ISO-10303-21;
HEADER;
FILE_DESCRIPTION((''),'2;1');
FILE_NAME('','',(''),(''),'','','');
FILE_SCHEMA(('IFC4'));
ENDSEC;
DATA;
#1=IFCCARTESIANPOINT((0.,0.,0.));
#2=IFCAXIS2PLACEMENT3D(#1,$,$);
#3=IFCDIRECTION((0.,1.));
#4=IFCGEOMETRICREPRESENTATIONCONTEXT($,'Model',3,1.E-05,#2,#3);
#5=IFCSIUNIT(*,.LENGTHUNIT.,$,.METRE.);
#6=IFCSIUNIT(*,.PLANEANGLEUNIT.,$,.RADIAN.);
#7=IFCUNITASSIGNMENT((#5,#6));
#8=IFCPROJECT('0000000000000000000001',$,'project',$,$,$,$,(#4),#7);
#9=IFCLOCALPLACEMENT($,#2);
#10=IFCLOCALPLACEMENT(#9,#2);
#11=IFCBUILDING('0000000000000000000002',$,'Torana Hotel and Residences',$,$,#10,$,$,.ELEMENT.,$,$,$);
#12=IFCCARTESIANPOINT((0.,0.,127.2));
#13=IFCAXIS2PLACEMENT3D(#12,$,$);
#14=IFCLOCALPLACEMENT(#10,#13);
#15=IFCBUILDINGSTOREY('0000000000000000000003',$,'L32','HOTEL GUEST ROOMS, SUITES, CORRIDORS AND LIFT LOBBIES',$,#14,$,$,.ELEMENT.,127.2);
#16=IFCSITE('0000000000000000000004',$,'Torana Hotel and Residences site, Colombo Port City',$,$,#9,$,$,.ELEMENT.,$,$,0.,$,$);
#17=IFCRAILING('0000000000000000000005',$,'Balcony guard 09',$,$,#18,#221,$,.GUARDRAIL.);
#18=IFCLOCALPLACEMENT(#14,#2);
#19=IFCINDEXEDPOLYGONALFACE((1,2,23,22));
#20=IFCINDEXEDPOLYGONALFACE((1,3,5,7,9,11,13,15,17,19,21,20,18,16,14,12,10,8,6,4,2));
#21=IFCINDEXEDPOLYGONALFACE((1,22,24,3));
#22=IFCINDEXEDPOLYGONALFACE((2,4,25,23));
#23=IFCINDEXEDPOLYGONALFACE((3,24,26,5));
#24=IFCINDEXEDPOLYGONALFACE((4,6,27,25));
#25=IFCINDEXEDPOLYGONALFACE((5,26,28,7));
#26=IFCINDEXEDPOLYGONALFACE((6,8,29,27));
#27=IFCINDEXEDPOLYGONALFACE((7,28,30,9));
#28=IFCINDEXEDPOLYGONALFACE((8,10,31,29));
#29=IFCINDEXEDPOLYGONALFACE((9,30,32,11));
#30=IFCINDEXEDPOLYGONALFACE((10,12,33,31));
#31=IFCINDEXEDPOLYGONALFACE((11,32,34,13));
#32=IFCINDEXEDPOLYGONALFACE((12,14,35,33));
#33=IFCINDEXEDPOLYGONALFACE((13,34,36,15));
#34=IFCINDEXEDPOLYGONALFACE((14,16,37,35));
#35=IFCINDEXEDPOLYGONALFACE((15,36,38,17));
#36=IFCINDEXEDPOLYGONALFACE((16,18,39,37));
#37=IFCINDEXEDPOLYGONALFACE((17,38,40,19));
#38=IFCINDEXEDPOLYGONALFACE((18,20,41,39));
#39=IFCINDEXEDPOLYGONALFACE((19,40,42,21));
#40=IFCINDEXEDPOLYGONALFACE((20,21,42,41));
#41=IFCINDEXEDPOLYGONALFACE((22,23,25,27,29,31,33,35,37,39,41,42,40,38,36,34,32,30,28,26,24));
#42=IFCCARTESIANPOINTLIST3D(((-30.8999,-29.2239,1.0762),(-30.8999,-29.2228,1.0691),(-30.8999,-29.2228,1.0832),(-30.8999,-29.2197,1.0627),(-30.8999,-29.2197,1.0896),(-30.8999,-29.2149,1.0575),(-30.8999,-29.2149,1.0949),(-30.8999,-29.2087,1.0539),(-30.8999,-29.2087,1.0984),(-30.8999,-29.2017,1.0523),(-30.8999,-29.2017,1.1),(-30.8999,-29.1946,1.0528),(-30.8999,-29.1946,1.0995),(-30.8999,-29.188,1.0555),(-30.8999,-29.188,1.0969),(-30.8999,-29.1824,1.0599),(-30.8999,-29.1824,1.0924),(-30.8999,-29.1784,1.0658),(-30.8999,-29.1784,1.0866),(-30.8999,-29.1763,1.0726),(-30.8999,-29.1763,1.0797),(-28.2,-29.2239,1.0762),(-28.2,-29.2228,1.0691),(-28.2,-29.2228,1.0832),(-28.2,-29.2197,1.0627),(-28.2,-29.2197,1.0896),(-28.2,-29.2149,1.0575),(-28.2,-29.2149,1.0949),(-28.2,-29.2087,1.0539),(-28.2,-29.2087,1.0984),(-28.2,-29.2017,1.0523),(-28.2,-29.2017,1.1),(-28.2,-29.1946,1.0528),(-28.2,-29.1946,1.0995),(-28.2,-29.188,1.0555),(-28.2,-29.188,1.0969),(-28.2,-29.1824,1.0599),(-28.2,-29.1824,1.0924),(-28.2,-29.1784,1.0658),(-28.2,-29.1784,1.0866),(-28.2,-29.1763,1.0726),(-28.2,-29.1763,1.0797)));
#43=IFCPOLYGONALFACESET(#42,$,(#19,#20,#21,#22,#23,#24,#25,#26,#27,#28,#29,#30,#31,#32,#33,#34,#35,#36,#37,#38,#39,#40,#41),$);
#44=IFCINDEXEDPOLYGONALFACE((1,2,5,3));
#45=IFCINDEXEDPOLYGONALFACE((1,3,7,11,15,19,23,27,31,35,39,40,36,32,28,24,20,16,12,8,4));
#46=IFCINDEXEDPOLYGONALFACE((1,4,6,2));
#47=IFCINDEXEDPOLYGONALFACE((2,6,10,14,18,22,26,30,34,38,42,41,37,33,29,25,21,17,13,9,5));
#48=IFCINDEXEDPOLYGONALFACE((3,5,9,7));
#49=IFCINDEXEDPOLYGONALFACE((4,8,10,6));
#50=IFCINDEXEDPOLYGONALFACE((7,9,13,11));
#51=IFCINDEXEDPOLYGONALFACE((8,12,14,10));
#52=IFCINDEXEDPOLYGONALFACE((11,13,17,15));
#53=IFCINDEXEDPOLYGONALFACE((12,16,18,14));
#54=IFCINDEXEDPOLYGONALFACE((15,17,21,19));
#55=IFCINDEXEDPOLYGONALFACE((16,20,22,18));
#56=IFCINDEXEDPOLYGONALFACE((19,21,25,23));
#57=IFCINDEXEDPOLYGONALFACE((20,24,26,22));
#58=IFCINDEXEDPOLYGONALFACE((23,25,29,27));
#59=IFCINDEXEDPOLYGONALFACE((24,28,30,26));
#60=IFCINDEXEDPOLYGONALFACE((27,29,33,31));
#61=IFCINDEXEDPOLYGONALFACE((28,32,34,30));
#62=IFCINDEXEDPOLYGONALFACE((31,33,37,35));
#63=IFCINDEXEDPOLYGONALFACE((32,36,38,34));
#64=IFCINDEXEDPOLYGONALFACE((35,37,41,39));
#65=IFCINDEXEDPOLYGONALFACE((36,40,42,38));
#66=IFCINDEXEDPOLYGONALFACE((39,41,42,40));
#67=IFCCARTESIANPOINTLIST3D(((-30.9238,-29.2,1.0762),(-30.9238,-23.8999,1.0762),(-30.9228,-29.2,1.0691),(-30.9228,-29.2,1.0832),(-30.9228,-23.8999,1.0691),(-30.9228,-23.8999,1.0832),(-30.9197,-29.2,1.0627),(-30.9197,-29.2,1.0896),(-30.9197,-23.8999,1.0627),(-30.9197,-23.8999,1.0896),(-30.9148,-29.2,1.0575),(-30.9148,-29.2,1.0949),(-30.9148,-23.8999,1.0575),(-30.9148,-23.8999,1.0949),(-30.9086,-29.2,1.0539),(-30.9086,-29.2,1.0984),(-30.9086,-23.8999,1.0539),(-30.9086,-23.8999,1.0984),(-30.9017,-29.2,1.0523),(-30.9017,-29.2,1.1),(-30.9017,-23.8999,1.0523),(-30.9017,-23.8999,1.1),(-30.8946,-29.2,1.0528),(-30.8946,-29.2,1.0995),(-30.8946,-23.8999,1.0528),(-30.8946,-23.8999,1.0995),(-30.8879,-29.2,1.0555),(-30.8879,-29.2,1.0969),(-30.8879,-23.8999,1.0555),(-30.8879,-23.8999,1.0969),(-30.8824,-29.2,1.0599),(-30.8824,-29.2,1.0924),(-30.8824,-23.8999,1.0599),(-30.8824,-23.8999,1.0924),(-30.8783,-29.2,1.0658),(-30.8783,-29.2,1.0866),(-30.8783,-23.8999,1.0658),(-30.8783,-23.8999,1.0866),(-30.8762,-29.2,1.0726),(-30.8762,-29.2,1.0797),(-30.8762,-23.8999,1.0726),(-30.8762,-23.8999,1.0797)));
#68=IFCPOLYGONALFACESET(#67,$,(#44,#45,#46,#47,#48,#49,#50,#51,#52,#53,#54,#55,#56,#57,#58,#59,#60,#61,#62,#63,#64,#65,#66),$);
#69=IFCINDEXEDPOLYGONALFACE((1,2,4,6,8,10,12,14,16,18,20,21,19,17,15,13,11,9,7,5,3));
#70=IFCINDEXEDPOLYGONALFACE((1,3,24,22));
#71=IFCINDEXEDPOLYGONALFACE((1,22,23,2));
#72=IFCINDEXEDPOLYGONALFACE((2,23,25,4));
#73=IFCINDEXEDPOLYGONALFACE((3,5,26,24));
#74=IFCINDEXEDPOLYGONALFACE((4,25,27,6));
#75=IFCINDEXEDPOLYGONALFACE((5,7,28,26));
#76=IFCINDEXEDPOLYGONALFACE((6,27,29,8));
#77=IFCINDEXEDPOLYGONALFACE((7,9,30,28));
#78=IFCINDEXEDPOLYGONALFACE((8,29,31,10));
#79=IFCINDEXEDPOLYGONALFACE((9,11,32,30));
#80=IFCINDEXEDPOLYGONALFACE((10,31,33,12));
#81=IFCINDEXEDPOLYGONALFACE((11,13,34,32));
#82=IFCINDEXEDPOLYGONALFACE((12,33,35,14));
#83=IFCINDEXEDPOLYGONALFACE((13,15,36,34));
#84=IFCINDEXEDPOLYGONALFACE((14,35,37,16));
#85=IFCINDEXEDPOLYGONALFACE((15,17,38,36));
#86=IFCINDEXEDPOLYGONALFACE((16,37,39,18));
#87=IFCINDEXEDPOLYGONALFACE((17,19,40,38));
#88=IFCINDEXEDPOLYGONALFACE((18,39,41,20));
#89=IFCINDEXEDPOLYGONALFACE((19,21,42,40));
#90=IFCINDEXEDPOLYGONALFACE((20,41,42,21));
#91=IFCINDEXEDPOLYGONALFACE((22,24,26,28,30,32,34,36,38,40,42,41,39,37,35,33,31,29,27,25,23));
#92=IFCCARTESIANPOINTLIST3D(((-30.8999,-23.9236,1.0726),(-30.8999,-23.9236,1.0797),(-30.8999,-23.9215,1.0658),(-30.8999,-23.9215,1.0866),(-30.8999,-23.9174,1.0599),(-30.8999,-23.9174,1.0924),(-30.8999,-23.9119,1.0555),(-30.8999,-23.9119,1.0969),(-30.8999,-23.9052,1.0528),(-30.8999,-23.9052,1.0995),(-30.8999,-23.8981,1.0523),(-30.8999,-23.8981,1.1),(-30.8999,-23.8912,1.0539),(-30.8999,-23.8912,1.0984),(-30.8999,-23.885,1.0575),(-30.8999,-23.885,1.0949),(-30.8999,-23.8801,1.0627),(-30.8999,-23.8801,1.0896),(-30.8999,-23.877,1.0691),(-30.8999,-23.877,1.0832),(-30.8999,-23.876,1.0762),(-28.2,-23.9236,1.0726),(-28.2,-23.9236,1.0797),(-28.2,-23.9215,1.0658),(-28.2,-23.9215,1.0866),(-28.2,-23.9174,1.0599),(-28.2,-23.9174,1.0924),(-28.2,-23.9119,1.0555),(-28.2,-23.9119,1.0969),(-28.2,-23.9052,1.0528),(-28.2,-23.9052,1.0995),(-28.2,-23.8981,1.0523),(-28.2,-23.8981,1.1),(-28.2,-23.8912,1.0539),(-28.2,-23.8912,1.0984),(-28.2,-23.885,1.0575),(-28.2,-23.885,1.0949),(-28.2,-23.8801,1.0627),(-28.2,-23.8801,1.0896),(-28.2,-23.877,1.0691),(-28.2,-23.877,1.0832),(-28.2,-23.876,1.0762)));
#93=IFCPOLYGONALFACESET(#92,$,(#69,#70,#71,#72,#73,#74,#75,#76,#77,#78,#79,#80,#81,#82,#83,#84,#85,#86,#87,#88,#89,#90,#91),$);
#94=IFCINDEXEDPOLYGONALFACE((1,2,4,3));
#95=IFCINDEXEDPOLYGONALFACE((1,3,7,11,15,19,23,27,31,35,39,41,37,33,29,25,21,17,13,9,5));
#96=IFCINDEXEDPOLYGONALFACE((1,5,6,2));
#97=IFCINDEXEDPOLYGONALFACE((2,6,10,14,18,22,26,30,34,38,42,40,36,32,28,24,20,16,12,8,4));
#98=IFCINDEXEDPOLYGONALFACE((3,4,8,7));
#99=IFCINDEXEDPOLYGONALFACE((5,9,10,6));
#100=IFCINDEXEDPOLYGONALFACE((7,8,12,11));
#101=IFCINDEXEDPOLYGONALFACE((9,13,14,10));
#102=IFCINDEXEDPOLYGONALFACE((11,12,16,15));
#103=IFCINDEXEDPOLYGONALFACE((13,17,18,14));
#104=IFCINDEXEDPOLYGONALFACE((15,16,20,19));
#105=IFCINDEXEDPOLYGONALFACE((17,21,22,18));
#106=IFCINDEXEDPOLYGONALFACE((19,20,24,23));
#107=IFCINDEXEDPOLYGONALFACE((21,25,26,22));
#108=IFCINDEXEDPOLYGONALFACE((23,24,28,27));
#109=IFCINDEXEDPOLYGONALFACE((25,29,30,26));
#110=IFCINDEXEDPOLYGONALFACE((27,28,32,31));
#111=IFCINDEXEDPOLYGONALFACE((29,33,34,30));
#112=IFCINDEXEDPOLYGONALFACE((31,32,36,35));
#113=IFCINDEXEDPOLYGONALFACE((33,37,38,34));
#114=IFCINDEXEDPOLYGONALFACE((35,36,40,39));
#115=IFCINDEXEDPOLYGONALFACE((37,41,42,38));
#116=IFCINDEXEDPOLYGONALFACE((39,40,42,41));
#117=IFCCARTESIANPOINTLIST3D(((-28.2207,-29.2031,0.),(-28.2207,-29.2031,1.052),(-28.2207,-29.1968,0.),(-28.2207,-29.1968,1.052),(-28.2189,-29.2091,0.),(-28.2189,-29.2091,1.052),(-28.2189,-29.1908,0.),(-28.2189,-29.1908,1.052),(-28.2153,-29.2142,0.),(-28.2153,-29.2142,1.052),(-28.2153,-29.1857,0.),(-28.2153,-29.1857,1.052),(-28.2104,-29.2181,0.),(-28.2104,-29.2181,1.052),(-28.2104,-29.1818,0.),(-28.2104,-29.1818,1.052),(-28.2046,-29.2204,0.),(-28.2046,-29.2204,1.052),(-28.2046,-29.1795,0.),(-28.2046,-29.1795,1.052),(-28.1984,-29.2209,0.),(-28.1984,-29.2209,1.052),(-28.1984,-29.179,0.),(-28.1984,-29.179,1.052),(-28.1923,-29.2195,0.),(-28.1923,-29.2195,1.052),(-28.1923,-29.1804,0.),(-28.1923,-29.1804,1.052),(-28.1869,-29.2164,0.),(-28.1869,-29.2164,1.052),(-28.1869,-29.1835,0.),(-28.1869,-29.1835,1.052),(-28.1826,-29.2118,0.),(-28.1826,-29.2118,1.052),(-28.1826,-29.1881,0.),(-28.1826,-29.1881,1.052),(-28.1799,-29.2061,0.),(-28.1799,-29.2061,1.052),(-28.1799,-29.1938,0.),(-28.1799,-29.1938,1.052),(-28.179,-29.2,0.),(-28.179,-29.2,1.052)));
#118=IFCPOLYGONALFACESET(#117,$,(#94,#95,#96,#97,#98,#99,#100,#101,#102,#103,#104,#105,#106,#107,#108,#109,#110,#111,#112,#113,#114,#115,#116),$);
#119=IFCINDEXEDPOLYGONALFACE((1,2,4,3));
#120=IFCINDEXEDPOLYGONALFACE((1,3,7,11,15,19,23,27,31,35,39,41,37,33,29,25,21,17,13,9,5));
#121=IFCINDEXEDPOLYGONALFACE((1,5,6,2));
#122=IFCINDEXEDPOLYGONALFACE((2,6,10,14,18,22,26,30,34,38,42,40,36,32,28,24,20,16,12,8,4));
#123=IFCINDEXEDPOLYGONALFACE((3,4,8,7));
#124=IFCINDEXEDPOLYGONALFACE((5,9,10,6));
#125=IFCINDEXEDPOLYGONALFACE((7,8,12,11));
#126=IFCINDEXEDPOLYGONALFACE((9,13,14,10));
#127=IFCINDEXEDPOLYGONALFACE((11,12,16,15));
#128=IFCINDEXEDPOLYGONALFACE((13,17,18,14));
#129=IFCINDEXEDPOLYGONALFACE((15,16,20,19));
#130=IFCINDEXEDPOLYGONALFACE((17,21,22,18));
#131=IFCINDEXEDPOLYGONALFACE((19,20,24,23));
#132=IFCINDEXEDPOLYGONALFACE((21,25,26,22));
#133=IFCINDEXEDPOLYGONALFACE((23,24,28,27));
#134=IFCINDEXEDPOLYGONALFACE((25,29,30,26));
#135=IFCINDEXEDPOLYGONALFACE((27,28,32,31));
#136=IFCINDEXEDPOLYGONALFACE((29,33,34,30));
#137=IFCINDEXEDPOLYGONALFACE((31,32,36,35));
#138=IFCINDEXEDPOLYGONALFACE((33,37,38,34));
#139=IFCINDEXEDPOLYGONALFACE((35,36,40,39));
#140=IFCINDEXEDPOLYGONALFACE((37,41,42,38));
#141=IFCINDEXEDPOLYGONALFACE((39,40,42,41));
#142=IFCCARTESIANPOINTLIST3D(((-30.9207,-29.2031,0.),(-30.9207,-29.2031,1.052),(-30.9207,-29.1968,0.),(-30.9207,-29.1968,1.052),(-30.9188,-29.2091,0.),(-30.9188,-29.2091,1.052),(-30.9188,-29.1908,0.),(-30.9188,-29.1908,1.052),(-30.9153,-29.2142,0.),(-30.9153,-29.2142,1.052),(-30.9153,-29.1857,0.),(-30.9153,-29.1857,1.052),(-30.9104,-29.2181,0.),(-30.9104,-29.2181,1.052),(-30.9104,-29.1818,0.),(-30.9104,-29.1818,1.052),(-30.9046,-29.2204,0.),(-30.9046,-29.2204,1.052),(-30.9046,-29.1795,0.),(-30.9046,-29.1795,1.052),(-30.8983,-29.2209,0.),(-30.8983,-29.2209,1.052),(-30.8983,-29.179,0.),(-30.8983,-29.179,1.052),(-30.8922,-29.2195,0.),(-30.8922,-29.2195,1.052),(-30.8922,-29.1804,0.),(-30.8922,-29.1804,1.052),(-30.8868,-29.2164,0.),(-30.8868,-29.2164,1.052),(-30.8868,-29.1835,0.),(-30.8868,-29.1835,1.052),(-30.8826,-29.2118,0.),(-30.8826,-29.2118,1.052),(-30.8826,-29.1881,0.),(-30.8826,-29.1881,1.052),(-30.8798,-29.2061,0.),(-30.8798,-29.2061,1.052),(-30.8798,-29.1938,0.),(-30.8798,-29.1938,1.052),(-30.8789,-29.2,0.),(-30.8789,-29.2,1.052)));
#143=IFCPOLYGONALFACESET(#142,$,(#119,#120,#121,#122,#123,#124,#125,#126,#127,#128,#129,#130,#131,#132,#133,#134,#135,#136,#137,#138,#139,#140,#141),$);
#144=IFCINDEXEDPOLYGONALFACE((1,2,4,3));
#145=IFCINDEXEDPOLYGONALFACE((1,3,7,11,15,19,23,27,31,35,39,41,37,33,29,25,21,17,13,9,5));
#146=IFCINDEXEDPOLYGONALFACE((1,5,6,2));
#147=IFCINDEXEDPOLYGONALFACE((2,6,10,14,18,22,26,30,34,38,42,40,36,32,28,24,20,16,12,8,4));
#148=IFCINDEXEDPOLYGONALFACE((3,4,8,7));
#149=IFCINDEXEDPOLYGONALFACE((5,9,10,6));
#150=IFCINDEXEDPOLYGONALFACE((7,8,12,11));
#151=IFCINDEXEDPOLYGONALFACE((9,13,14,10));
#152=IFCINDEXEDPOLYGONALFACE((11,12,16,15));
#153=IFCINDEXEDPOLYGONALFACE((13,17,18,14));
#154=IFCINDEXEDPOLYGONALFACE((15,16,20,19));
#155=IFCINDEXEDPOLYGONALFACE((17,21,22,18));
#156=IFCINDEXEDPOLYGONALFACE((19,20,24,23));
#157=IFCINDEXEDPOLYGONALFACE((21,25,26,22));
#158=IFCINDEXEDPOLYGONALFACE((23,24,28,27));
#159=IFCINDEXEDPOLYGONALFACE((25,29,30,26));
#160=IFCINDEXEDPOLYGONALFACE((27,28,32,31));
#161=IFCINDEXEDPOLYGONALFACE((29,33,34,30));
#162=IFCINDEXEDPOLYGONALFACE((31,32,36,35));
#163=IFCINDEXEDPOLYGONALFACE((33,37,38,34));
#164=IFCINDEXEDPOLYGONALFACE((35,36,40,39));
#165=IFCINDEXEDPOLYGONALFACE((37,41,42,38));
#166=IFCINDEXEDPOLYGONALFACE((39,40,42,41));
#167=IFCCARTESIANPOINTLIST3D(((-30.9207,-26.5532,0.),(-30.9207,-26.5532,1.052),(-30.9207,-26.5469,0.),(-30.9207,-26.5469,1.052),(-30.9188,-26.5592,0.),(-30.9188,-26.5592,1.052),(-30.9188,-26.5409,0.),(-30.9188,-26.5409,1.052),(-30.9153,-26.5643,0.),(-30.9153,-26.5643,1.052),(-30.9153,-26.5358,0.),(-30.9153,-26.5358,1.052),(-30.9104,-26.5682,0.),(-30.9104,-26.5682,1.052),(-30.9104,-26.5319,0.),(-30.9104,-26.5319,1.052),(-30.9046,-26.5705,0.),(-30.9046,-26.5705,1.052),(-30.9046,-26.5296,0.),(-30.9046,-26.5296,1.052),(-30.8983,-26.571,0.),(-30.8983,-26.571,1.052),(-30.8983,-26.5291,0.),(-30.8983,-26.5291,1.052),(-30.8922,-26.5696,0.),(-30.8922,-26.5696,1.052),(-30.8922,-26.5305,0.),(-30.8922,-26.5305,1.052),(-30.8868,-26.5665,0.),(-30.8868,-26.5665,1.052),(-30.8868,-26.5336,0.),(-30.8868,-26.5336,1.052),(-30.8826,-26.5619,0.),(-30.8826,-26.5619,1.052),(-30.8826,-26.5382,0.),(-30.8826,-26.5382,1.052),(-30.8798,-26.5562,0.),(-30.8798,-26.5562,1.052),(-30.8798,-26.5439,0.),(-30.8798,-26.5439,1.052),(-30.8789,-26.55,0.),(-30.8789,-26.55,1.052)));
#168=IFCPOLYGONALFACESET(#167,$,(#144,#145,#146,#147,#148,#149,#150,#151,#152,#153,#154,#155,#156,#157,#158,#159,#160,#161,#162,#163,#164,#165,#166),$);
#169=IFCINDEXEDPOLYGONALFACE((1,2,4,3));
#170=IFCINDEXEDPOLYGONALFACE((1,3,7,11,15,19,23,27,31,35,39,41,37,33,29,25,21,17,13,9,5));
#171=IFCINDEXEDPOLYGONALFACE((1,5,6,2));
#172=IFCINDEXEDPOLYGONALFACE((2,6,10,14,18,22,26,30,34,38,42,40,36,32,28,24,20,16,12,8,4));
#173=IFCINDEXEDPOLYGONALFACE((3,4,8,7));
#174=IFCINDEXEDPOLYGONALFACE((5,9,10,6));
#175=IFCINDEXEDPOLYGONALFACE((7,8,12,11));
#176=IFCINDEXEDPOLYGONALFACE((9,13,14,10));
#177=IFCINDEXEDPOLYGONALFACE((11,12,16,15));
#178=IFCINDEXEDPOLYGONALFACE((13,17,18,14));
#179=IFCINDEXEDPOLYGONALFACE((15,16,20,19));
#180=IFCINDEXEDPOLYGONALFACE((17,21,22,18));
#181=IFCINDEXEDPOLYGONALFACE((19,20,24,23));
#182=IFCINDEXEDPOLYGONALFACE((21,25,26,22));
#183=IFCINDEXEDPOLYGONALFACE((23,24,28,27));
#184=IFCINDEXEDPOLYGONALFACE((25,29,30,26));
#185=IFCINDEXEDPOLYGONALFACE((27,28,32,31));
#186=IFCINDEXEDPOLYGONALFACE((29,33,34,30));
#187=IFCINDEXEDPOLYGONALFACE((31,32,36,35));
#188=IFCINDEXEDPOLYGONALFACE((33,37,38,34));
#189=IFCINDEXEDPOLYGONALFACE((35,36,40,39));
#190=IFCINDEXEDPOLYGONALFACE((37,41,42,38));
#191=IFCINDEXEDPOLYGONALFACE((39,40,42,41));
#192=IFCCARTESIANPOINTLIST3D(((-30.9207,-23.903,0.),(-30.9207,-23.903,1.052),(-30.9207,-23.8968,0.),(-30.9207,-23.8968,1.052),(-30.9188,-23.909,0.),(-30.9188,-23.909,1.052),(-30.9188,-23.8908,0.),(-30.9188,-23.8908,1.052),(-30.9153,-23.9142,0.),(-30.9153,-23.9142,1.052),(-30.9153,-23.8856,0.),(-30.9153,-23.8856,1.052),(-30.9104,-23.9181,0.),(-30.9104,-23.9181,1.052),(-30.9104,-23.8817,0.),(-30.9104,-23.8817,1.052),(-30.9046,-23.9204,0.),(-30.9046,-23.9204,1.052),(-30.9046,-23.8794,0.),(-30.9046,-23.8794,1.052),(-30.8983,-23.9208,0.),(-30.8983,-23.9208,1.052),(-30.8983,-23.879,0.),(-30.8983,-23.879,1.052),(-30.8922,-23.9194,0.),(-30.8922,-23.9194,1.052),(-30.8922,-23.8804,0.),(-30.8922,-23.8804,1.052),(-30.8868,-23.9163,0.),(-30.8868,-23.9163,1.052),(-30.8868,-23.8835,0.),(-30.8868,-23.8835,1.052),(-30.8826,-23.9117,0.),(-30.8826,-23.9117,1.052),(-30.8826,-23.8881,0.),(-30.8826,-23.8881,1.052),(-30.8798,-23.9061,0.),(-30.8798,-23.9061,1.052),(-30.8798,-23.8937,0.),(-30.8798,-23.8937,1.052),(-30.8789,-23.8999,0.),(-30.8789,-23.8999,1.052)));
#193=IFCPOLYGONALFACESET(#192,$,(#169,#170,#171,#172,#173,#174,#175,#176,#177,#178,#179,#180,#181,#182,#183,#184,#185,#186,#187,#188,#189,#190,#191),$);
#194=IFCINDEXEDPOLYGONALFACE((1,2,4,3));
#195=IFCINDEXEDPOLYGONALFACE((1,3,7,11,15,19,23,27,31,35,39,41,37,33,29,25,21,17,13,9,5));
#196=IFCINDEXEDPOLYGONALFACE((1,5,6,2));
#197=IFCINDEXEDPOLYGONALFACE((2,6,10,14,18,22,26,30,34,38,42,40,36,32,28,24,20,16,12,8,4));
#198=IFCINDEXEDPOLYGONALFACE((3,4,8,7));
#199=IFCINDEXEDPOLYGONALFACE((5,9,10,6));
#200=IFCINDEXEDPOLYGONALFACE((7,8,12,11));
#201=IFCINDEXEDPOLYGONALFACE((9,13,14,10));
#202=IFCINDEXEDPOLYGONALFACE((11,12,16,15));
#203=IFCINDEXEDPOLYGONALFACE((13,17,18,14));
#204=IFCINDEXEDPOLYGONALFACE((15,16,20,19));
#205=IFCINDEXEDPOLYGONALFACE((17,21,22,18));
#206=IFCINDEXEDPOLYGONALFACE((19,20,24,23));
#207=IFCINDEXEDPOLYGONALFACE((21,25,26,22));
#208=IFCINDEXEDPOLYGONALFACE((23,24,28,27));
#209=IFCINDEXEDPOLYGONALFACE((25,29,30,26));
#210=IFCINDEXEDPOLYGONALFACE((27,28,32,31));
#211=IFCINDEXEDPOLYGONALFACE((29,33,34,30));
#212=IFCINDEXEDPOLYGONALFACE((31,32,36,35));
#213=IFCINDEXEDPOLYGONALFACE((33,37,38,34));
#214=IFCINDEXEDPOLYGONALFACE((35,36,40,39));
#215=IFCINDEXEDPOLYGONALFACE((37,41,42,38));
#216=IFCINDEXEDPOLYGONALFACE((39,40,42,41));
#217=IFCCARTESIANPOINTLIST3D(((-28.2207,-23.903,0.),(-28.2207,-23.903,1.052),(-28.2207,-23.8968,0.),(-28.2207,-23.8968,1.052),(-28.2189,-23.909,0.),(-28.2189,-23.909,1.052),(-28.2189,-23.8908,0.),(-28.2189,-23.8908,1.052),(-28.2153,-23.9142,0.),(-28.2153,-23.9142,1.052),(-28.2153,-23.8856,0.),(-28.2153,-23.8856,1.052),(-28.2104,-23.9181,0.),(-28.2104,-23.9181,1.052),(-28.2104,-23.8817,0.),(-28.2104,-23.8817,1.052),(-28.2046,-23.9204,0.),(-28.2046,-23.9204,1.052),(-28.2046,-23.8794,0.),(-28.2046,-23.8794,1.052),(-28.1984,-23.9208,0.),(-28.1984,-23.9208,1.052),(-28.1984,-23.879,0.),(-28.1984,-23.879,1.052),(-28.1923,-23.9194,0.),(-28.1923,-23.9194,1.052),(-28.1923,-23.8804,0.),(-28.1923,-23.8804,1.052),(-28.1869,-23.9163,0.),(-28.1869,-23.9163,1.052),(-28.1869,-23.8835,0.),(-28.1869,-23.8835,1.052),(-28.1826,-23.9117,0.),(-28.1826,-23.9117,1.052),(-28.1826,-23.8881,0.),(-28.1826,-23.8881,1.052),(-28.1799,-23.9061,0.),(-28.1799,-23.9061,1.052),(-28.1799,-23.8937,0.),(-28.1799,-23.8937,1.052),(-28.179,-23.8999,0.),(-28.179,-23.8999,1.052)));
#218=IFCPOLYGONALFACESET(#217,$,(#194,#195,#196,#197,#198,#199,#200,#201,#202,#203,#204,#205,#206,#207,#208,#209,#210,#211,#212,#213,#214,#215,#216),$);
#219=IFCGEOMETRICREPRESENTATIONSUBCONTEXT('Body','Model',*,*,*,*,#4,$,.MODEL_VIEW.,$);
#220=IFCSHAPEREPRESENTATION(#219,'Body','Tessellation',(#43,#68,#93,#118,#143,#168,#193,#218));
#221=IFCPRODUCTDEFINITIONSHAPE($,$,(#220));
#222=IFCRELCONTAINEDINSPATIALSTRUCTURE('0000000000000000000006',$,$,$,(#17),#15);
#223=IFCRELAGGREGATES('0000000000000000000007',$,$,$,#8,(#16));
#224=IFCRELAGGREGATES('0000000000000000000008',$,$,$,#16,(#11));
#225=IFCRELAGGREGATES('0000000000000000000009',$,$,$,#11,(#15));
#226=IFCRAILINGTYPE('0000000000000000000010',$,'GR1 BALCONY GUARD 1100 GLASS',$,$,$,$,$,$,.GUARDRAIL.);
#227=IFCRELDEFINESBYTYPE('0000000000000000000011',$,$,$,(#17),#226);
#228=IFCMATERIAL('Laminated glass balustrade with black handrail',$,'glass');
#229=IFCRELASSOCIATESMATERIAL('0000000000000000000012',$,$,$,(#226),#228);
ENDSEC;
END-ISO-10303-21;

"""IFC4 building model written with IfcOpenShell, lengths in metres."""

from ifc_helpers import new_model, si_unit, direction, frame, origin, origin_2d, place, context, subcontext, project, spatial, circle, extrude, material, type_object, element, save


model = new_model("IFC4")

# Units and contexts
model_context = context("Model", 3, precision=1e-05, world=origin(), true_north=direction((0.0, 1.0)))
body_context = subcontext(model_context, "Body", "Model", "MODEL_VIEW")
ifc_project = project(units=[si_unit("LENGTHUNIT", "METRE"), si_unit("PLANEANGLEUNIT", "RADIAN")], contexts=[model_context])

# Site, building, storey
site_placement = place(None, origin())
site = spatial("IfcSite", under=ifc_project, at=site_placement, Name="Torana Hotel and Residences site, Colombo Port City", CompositionType="ELEMENT", RefElevation=0.0)
building_placement = place(site_placement, origin())
building = spatial("IfcBuilding", under=site, at=building_placement, Name="Torana Hotel and Residences", CompositionType="ELEMENT")
storey_placement = place(building_placement, frame((0.0, 0.0, 127.2)))
storey = spatial("IfcBuildingStorey", under=building, at=storey_placement, Name="L32", Description="HOTEL GUEST ROOMS, SUITES, CORRIDORS AND LIFT LOBBIES", CompositionType="ELEMENT", Elevation=127.2)

# Railing
ifc_material_1 = material(Name="Laminated glass balustrade with black handrail", Category="glass")
railing_type = type_object("IfcRailingType", Name="GR1 BALCONY GUARD 1100 GLASS", PredefinedType="GUARDRAIL", material=ifc_material_1)
railing_placement = place(storey_placement, frame((-28.2, -29.2, 0.0)))
element("IfcRailing", 1, at=railing_placement, inside=storey, type_object=railing_type, Name="Balcony guard 09", PredefinedType="GUARDRAIL", context=body_context, shape_type="SweptSolid", body=[
    extrude(circle(Radius=0.0239, at=origin_2d()), frame((0.0, 0.0, 1.0762), z_axis=(-1.0, 0.0, 0.0), x_axis=(0.0, -1.0, 0.0)), (0.0, 0.0, 1.0), 2.7),
    extrude(circle(Radius=0.0239, at=origin_2d()), frame((-2.7, 0.0, 1.0762), z_axis=(0.0, 1.0, 0.0), x_axis=(-1.0, 0.0, 0.0)), (0.0, 0.0, 1.0), 5.3),
    extrude(circle(Radius=0.0239, at=origin_2d()), frame((-2.7, 5.3, 1.0762), z_axis=(1.0, 0.0, 0.0), x_axis=(0.0, 1.0, 0.0)), (0.0, 0.0, 1.0), 2.7),
    extrude(circle(Radius=0.021, at=origin_2d()), origin(), (0.0, 0.0, 1.0), 1.052),
    extrude(circle(Radius=0.021, at=origin_2d()), frame((-2.7, 0.0, 0.0)), (0.0, 0.0, 1.0), 1.052),
    extrude(circle(Radius=0.021, at=origin_2d()), frame((-2.7, 2.6499, 0.0)), (0.0, 0.0, 1.0), 1.052),
    extrude(circle(Radius=0.021, at=origin_2d()), frame((-2.7, 5.3, 0.0)), (0.0, 0.0, 1.0), 1.052),
    extrude(circle(Radius=0.021, at=origin_2d()), frame((0.0, 5.3, 0.0)), (0.0, 0.0, 1.0), 1.052),
])

save(model, "model.ifc")
